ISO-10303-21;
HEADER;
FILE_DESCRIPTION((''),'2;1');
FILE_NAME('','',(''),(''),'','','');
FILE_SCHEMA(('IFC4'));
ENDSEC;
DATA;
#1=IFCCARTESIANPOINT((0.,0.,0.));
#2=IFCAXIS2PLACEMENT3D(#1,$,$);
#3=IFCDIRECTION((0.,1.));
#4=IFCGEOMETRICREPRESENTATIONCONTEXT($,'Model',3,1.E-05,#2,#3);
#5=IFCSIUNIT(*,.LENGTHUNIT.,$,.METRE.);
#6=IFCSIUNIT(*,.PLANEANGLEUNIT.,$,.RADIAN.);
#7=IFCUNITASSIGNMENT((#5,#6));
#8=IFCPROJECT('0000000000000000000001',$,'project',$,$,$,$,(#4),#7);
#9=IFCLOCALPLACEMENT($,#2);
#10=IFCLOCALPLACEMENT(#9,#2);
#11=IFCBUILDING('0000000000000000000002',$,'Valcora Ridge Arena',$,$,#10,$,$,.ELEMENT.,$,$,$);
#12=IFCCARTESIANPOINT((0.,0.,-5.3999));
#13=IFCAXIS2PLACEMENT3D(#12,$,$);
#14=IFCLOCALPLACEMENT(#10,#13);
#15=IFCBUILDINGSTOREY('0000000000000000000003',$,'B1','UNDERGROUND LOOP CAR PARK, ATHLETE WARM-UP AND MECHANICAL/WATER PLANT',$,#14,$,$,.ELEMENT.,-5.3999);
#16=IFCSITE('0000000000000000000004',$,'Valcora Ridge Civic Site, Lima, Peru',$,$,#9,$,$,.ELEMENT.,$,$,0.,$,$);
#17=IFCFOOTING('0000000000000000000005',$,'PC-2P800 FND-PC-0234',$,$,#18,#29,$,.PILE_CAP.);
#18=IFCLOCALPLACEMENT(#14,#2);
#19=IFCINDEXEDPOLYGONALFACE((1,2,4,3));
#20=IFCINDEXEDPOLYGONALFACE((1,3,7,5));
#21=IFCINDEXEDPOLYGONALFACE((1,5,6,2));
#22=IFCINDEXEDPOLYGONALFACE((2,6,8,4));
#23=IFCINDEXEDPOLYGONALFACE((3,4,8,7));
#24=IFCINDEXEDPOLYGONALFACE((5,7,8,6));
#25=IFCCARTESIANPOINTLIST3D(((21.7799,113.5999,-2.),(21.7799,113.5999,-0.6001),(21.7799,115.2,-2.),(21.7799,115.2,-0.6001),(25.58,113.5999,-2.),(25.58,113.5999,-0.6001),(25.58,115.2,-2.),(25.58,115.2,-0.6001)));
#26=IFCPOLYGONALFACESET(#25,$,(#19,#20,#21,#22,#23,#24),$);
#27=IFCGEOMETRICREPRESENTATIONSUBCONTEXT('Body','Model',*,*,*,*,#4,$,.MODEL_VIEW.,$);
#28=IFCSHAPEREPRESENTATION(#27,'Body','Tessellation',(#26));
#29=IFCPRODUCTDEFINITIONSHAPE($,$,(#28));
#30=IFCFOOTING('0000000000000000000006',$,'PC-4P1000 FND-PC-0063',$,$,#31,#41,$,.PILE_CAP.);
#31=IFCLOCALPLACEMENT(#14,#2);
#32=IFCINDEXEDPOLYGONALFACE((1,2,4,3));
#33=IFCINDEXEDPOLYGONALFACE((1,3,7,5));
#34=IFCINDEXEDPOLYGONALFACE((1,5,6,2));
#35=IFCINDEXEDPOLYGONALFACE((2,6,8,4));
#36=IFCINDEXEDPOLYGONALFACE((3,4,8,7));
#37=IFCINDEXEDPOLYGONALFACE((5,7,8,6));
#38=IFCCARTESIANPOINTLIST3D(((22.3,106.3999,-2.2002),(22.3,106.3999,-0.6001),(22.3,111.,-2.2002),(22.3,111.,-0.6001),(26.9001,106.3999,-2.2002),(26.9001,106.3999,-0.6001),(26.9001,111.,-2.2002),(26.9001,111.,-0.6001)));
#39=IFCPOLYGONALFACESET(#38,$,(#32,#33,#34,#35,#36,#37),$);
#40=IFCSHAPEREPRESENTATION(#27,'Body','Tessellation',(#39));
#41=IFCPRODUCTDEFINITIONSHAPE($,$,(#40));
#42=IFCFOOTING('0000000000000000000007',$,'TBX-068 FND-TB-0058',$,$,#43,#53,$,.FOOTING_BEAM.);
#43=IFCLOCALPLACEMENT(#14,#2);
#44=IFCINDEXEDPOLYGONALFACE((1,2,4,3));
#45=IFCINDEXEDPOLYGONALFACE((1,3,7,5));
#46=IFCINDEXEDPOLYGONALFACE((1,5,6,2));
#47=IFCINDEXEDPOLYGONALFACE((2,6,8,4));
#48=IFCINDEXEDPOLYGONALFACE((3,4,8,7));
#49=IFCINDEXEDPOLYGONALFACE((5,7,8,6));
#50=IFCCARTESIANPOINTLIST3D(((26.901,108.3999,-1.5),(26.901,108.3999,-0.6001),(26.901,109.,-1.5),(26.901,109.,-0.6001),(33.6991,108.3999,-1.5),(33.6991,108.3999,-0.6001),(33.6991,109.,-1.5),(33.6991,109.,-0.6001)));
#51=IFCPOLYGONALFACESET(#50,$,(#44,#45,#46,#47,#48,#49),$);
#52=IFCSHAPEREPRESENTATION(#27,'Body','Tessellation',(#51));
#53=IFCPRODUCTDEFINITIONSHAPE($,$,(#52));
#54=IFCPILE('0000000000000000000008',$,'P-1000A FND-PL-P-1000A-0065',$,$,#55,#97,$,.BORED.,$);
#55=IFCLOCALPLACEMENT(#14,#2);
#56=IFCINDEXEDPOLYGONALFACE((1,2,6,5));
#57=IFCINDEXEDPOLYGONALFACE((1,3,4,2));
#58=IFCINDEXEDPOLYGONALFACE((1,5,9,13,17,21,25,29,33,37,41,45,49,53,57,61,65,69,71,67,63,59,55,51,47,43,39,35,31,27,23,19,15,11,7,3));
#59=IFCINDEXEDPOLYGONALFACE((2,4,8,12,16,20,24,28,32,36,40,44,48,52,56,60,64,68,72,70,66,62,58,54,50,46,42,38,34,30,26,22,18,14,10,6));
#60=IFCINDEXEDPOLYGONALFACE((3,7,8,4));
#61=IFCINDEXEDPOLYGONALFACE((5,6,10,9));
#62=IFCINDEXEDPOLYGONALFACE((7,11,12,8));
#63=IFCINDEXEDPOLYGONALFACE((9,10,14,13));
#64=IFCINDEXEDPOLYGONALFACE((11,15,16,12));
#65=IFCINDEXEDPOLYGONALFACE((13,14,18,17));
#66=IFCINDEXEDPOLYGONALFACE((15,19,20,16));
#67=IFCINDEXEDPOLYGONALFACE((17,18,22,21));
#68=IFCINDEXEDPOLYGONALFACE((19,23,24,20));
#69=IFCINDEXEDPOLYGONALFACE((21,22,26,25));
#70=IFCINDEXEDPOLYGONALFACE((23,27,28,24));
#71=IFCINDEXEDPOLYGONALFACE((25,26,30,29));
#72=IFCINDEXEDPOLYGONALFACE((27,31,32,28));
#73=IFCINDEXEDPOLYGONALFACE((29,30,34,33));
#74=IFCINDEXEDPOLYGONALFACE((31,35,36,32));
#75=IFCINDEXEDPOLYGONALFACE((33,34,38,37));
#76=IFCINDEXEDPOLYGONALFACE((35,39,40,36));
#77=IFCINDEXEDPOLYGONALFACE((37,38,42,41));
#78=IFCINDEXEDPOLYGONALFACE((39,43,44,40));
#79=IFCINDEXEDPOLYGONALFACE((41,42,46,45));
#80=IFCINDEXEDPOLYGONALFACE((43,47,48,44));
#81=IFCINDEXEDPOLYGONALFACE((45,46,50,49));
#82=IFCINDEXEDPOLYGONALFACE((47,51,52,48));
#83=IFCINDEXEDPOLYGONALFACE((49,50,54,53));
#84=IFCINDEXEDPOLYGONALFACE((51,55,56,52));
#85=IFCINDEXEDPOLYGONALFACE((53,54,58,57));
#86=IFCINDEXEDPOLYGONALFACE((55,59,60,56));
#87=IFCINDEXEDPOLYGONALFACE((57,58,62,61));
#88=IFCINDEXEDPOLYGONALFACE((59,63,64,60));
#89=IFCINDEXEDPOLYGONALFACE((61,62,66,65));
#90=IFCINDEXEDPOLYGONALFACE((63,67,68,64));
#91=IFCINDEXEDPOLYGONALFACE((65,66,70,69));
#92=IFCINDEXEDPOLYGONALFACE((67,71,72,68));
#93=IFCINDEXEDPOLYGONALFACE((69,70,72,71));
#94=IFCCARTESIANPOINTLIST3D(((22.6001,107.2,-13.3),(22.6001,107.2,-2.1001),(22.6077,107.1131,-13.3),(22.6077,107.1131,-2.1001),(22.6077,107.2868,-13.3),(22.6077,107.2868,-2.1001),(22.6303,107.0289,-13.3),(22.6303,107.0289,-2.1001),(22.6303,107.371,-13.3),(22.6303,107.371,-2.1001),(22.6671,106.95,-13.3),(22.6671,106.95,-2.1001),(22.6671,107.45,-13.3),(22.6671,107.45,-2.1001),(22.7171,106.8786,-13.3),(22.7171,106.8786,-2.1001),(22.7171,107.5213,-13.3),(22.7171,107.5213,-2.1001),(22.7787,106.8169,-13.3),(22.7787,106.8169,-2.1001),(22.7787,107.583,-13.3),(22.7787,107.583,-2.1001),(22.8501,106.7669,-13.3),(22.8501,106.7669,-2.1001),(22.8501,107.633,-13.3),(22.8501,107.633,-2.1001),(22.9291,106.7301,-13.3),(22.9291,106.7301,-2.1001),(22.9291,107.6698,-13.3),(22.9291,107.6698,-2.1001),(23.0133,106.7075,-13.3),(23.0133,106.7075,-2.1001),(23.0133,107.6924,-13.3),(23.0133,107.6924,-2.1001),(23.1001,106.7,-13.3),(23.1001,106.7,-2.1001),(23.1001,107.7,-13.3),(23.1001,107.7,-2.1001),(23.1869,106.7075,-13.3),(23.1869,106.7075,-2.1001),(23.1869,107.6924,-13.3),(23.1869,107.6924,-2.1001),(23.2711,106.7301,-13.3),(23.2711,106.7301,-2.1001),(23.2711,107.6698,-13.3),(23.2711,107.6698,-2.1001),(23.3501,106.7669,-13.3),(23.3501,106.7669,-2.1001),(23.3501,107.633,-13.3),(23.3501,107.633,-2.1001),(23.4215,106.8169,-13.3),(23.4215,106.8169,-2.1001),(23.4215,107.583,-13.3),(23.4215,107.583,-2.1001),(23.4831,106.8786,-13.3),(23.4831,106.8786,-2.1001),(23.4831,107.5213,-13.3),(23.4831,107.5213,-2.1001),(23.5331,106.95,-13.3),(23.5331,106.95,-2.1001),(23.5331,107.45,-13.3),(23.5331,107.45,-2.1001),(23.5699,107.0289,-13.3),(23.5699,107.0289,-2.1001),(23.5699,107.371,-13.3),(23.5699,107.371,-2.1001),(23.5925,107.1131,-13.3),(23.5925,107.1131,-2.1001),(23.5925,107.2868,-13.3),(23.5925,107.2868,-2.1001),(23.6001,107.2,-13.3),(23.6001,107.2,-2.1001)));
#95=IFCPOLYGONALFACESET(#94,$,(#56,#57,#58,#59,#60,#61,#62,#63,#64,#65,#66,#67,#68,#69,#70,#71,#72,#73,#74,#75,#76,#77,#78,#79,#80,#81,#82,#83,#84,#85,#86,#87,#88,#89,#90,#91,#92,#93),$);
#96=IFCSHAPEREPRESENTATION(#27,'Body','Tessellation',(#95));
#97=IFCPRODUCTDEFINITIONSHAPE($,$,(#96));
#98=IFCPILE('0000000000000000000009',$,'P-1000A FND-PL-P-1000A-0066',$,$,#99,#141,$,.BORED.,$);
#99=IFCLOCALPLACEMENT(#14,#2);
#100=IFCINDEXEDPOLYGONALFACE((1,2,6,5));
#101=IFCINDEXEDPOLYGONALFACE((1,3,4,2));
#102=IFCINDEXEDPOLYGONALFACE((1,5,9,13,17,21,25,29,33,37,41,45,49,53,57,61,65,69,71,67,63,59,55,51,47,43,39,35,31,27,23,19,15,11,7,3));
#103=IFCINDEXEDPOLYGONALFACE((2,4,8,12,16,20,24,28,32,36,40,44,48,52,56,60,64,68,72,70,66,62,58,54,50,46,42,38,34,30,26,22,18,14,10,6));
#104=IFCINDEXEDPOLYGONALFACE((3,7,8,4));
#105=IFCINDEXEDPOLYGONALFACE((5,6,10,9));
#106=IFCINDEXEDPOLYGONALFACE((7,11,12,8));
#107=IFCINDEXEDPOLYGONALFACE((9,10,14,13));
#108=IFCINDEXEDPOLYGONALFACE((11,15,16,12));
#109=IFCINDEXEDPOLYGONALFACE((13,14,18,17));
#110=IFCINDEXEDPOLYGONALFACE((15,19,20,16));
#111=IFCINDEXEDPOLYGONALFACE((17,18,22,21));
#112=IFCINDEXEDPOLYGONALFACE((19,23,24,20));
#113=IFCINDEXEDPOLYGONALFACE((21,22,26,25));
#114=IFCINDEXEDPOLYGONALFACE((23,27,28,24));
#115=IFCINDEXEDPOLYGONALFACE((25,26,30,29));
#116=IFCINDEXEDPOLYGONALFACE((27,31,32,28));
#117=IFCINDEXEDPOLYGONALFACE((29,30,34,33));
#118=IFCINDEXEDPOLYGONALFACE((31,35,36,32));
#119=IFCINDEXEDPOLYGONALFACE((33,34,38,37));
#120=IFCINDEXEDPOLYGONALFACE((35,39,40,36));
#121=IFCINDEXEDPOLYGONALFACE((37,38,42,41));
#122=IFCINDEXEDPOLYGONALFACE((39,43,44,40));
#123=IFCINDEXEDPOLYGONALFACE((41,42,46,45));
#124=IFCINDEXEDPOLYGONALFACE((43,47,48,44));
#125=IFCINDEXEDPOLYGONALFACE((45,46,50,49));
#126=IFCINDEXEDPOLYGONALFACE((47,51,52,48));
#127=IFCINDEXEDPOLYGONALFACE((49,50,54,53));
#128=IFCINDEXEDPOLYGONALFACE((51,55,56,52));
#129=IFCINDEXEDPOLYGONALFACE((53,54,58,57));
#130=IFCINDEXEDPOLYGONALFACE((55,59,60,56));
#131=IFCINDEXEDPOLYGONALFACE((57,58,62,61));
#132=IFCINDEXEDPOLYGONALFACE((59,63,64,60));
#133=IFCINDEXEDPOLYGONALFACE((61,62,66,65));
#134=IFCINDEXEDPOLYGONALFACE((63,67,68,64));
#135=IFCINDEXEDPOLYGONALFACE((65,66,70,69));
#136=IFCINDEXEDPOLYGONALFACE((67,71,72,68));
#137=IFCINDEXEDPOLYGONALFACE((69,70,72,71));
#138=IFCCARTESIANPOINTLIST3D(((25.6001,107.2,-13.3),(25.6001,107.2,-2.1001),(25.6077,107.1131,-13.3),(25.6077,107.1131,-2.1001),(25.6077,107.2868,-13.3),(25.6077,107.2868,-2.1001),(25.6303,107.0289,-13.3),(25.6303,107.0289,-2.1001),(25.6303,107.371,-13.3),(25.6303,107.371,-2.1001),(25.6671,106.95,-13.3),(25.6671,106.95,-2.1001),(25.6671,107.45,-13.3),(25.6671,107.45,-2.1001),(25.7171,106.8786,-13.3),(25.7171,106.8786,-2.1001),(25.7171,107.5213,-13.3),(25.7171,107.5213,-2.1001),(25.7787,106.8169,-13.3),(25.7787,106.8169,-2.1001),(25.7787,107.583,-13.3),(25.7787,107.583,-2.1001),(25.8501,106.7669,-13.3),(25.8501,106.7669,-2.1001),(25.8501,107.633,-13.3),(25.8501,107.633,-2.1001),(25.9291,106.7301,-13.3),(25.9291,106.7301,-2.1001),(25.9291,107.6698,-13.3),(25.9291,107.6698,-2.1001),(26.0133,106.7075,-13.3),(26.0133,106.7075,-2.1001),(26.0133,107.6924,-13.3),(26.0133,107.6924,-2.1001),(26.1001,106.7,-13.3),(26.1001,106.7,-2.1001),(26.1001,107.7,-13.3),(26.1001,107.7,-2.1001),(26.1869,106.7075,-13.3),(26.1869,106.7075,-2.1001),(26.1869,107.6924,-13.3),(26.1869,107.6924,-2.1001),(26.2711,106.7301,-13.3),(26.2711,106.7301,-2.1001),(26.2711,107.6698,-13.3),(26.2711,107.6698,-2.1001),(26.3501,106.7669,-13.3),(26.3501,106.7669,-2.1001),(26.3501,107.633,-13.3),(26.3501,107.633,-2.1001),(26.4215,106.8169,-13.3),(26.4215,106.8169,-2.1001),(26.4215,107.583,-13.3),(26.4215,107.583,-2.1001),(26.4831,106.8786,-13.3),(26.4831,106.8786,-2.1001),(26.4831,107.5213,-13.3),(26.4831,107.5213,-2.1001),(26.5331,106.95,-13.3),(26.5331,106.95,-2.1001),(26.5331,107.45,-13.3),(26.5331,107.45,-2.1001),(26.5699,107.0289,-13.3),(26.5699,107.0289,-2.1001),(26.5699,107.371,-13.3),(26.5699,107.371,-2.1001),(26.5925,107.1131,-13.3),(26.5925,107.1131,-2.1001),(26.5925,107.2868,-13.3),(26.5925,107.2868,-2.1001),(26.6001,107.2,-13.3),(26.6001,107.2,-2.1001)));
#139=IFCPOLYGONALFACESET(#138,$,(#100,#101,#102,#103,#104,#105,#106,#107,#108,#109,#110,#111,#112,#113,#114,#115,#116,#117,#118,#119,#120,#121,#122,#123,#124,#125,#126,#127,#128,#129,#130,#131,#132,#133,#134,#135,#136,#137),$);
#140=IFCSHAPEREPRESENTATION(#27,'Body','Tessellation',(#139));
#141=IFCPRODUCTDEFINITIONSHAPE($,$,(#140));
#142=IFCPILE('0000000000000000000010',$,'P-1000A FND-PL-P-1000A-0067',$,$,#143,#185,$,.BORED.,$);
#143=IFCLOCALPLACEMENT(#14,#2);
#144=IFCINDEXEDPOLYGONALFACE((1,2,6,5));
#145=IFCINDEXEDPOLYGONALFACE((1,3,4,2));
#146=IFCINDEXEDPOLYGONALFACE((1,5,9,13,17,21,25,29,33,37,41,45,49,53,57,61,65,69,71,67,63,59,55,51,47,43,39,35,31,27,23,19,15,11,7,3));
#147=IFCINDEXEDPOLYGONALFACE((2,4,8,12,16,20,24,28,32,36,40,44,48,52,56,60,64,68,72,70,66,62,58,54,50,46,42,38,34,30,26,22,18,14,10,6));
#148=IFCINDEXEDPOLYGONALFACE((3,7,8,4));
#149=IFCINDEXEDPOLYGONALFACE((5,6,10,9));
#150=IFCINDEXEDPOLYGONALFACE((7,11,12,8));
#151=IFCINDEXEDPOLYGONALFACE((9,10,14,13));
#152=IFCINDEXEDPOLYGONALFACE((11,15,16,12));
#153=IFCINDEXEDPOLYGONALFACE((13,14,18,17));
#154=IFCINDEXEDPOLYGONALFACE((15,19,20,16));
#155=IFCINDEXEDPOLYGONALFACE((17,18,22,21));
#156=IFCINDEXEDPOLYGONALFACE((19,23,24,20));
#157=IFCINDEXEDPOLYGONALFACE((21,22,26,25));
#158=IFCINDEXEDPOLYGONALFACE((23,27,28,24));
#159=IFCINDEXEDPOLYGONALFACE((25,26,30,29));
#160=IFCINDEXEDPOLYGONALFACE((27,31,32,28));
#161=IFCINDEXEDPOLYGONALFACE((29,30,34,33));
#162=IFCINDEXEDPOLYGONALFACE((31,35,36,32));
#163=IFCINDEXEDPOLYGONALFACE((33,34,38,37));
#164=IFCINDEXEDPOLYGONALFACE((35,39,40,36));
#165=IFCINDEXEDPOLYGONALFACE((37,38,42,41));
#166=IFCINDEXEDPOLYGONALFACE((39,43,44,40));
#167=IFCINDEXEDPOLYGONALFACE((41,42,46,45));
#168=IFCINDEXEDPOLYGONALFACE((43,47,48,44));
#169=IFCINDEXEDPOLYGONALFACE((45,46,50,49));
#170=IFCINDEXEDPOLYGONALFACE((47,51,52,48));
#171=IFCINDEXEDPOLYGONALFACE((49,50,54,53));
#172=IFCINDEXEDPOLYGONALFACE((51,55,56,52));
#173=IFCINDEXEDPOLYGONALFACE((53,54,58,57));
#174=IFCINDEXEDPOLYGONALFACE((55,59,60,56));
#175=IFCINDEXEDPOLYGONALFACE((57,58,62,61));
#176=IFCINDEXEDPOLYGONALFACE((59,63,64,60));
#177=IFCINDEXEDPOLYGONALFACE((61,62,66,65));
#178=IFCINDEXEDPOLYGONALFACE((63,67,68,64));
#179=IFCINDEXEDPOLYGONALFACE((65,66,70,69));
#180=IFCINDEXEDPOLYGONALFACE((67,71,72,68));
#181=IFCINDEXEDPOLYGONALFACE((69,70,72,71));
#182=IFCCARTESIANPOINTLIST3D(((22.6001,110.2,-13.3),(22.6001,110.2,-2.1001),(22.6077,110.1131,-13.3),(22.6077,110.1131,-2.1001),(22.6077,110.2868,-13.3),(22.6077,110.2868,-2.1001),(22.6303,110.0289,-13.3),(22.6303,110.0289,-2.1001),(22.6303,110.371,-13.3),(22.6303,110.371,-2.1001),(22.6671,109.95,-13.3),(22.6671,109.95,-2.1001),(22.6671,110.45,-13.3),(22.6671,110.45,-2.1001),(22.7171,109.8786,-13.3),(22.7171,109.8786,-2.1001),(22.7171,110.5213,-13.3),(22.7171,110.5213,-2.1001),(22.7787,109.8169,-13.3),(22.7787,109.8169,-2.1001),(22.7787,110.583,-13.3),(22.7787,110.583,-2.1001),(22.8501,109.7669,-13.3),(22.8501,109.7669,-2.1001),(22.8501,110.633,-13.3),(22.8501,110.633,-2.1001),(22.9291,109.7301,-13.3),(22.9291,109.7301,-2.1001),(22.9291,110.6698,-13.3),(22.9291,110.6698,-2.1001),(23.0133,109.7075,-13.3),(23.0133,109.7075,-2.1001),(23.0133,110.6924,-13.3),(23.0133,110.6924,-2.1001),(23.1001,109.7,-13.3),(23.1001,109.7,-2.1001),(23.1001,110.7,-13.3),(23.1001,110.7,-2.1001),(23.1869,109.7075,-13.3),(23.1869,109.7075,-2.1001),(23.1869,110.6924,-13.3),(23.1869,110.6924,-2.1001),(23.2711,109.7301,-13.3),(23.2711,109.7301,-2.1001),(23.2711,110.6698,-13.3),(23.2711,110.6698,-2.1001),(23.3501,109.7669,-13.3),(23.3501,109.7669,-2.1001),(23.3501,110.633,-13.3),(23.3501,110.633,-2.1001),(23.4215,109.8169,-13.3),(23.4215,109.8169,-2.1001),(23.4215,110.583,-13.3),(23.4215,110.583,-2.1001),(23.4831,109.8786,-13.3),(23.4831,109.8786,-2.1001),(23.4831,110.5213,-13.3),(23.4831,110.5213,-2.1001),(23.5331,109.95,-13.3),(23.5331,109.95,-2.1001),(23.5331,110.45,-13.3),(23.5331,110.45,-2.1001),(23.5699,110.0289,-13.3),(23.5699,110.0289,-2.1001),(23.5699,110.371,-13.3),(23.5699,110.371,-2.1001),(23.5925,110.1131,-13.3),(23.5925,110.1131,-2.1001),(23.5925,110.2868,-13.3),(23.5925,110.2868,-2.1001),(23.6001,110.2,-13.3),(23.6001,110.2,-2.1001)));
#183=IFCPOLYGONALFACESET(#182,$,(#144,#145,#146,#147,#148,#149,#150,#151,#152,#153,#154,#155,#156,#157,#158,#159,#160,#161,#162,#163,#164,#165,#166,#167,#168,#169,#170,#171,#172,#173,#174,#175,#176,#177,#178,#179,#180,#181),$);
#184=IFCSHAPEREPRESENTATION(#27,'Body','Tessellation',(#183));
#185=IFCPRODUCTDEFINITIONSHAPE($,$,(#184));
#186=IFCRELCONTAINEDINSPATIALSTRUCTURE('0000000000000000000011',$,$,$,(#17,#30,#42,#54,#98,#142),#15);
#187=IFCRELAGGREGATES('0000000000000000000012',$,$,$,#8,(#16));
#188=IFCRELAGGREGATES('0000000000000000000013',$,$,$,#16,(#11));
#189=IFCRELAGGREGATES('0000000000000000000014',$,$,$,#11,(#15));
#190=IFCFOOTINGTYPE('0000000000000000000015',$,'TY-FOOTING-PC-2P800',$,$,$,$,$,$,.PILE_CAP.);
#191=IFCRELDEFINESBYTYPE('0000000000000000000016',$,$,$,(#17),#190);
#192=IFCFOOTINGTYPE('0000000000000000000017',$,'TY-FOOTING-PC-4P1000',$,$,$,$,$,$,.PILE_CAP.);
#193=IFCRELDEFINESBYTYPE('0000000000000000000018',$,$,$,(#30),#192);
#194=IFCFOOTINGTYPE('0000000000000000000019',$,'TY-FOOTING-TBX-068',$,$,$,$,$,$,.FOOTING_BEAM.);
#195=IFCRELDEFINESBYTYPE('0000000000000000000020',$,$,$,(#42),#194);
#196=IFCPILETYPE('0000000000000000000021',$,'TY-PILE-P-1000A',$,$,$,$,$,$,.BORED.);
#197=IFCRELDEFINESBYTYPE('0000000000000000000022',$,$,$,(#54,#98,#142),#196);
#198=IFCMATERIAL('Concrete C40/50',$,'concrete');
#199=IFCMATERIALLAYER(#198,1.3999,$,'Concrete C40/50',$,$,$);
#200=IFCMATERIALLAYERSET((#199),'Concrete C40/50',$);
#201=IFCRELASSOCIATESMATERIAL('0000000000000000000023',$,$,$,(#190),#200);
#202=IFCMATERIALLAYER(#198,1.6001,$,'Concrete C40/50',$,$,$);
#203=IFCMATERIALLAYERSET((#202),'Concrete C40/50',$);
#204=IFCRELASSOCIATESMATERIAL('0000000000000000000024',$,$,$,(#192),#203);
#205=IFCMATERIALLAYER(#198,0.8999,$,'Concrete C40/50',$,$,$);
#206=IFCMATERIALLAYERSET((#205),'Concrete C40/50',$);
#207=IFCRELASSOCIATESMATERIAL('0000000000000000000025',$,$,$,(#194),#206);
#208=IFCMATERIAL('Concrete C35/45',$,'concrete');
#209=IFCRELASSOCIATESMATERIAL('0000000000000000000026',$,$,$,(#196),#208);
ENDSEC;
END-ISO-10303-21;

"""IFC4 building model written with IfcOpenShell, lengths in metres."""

from ifc_helpers import new_model, si_unit, direction, frame, origin, origin_2d, place, context, subcontext, project, spatial, rectangle, circle, extrude, material, layer, layer_set, material_profile, profile_set, type_object, element, save


model = new_model("IFC4")

# Units and contexts
model_context = context("Model", 3, precision=1e-05, world=origin(), true_north=direction((0.0, 1.0)))
body_context = subcontext(model_context, "Body", "Model", "MODEL_VIEW")
ifc_project = project(units=[si_unit("LENGTHUNIT", "METRE"), si_unit("PLANEANGLEUNIT", "RADIAN")], contexts=[model_context])

# Site, building, storey
site_placement = place(None, origin())
site = spatial("IfcSite", under=ifc_project, at=site_placement, Name="Valcora Ridge Civic Site, Lima, Peru", CompositionType="ELEMENT", RefElevation=0.0)
building_placement = place(site_placement, origin())
building = spatial("IfcBuilding", under=site, at=building_placement, Name="Valcora Ridge Arena", CompositionType="ELEMENT")
storey_placement = place(building_placement, frame((0.0, 0.0, -5.3999)))
storey = spatial("IfcBuildingStorey", under=building, at=storey_placement, Name="B1", Description="UNDERGROUND LOOP CAR PARK, ATHLETE WARM-UP AND MECHANICAL/WATER PLANT", CompositionType="ELEMENT", Elevation=-5.3999)

# Footings
ifc_material_1 = material(Name="Concrete C40/50", Category="concrete")
ifc_layer_1 = layer(ifc_material_1, 1.3999, Name="Concrete C40/50")
ifc_layer_set_1 = layer_set([ifc_layer_1], Name="Concrete C40/50")
footing_type_1 = type_object("IfcFootingType", Name="TY-FOOTING-PC-2P800", PredefinedType="PILE_CAP", material=ifc_layer_set_1)
footing_1_placement = place(storey_placement, frame((23.6799, 114.3999, -2.0), z_axis=(0.0, 0.0, 1.0), x_axis=(1.0, 0.0, 0.0)))
element("IfcFooting", 1, at=footing_1_placement, inside=storey, type_object=footing_type_1, Name="PC-2P800 FND-PC-0234", PredefinedType="PILE_CAP", context=body_context, shape_type="SweptSolid", body=[
    extrude(rectangle(XDim=3.8, YDim=1.6001, at=origin_2d()), origin(), (0.0, 0.0, 1.0), 1.3999),
])
ifc_layer_2 = layer(ifc_material_1, 1.6001, Name="Concrete C40/50")
ifc_layer_set_2 = layer_set([ifc_layer_2], Name="Concrete C40/50")
footing_type_2 = type_object("IfcFootingType", Name="TY-FOOTING-PC-4P1000", PredefinedType="PILE_CAP", material=ifc_layer_set_2)
footing_2_placement = place(storey_placement, frame((24.6001, 108.7, -2.2002), z_axis=(0.0, 0.0, 1.0), x_axis=(1.0, 0.0, 0.0)))
element("IfcFooting", 2, at=footing_2_placement, inside=storey, type_object=footing_type_2, Name="PC-4P1000 FND-PC-0063", PredefinedType="PILE_CAP", context=body_context, shape_type="SweptSolid", body=[
    extrude(rectangle(XDim=4.6001, YDim=4.6001, at=origin_2d()), origin(), (0.0, 0.0, 1.0), 1.6001),
])
ifc_layer_3 = layer(ifc_material_1, 0.8999, Name="Concrete C40/50")
ifc_layer_set_3 = layer_set([ifc_layer_3], Name="Concrete C40/50")
footing_type_3 = type_object("IfcFootingType", Name="TY-FOOTING-TBX-068", PredefinedType="FOOTING_BEAM", material=ifc_layer_set_3)
footing_3_placement = place(storey_placement, frame((30.3, 108.7, -1.5), z_axis=(0.0, 0.0, 1.0), x_axis=(1.0, 0.0, 0.0)))
element("IfcFooting", 3, at=footing_3_placement, inside=storey, type_object=footing_type_3, Name="TBX-068 FND-TB-0058", PredefinedType="FOOTING_BEAM", context=body_context, shape_type="SweptSolid", body=[
    extrude(rectangle(XDim=6.7981, YDim=0.6001, at=origin_2d()), origin(), (0.0, 0.0, 1.0), 0.8999),
])

# Piles
ifc_material_2 = material(Name="Concrete C35/45", Category="concrete")
ifc_material_profile_1 = material_profile(ifc_material_2, circle(Radius=0.5, at=origin_2d()), Name="BORED PILE D1000")
ifc_profile_set_1 = profile_set([ifc_material_profile_1], Name="Concrete C35/45")
pile_type_1 = type_object("IfcPileType", Name="TY-PILE-P-1000A", PredefinedType="BORED", material=ifc_profile_set_1)
for number, where, z_axis, x_axis, name in (
    (4, (23.1001, 107.2, -2.1001), (0.0, 0.0, -1.0), (1.0, 0.0, 0.0), "P-1000A FND-PL-P-1000A-0065"),
    (5, (26.1001, 107.2, -2.1001), (0.0, 0.0, -1.0), (1.0, 0.0, 0.0), "P-1000A FND-PL-P-1000A-0066"),
    (6, (23.1001, 110.2, -2.1001), (0.0, 0.0, -1.0), (1.0, 0.0, 0.0), "P-1000A FND-PL-P-1000A-0067"),
):
    element("IfcPile", number, at=place(storey_placement, frame(where, z_axis=z_axis, x_axis=x_axis)), inside=storey, type_object=pile_type_1, Name=name, PredefinedType="BORED", context=body_context, shape_type="SweptSolid", body=[
        extrude(circle(Radius=0.5, at=origin_2d()), origin(), (0.0, 0.0, 1.0), 11.2),
    ])

save(model, "model.ifc")
